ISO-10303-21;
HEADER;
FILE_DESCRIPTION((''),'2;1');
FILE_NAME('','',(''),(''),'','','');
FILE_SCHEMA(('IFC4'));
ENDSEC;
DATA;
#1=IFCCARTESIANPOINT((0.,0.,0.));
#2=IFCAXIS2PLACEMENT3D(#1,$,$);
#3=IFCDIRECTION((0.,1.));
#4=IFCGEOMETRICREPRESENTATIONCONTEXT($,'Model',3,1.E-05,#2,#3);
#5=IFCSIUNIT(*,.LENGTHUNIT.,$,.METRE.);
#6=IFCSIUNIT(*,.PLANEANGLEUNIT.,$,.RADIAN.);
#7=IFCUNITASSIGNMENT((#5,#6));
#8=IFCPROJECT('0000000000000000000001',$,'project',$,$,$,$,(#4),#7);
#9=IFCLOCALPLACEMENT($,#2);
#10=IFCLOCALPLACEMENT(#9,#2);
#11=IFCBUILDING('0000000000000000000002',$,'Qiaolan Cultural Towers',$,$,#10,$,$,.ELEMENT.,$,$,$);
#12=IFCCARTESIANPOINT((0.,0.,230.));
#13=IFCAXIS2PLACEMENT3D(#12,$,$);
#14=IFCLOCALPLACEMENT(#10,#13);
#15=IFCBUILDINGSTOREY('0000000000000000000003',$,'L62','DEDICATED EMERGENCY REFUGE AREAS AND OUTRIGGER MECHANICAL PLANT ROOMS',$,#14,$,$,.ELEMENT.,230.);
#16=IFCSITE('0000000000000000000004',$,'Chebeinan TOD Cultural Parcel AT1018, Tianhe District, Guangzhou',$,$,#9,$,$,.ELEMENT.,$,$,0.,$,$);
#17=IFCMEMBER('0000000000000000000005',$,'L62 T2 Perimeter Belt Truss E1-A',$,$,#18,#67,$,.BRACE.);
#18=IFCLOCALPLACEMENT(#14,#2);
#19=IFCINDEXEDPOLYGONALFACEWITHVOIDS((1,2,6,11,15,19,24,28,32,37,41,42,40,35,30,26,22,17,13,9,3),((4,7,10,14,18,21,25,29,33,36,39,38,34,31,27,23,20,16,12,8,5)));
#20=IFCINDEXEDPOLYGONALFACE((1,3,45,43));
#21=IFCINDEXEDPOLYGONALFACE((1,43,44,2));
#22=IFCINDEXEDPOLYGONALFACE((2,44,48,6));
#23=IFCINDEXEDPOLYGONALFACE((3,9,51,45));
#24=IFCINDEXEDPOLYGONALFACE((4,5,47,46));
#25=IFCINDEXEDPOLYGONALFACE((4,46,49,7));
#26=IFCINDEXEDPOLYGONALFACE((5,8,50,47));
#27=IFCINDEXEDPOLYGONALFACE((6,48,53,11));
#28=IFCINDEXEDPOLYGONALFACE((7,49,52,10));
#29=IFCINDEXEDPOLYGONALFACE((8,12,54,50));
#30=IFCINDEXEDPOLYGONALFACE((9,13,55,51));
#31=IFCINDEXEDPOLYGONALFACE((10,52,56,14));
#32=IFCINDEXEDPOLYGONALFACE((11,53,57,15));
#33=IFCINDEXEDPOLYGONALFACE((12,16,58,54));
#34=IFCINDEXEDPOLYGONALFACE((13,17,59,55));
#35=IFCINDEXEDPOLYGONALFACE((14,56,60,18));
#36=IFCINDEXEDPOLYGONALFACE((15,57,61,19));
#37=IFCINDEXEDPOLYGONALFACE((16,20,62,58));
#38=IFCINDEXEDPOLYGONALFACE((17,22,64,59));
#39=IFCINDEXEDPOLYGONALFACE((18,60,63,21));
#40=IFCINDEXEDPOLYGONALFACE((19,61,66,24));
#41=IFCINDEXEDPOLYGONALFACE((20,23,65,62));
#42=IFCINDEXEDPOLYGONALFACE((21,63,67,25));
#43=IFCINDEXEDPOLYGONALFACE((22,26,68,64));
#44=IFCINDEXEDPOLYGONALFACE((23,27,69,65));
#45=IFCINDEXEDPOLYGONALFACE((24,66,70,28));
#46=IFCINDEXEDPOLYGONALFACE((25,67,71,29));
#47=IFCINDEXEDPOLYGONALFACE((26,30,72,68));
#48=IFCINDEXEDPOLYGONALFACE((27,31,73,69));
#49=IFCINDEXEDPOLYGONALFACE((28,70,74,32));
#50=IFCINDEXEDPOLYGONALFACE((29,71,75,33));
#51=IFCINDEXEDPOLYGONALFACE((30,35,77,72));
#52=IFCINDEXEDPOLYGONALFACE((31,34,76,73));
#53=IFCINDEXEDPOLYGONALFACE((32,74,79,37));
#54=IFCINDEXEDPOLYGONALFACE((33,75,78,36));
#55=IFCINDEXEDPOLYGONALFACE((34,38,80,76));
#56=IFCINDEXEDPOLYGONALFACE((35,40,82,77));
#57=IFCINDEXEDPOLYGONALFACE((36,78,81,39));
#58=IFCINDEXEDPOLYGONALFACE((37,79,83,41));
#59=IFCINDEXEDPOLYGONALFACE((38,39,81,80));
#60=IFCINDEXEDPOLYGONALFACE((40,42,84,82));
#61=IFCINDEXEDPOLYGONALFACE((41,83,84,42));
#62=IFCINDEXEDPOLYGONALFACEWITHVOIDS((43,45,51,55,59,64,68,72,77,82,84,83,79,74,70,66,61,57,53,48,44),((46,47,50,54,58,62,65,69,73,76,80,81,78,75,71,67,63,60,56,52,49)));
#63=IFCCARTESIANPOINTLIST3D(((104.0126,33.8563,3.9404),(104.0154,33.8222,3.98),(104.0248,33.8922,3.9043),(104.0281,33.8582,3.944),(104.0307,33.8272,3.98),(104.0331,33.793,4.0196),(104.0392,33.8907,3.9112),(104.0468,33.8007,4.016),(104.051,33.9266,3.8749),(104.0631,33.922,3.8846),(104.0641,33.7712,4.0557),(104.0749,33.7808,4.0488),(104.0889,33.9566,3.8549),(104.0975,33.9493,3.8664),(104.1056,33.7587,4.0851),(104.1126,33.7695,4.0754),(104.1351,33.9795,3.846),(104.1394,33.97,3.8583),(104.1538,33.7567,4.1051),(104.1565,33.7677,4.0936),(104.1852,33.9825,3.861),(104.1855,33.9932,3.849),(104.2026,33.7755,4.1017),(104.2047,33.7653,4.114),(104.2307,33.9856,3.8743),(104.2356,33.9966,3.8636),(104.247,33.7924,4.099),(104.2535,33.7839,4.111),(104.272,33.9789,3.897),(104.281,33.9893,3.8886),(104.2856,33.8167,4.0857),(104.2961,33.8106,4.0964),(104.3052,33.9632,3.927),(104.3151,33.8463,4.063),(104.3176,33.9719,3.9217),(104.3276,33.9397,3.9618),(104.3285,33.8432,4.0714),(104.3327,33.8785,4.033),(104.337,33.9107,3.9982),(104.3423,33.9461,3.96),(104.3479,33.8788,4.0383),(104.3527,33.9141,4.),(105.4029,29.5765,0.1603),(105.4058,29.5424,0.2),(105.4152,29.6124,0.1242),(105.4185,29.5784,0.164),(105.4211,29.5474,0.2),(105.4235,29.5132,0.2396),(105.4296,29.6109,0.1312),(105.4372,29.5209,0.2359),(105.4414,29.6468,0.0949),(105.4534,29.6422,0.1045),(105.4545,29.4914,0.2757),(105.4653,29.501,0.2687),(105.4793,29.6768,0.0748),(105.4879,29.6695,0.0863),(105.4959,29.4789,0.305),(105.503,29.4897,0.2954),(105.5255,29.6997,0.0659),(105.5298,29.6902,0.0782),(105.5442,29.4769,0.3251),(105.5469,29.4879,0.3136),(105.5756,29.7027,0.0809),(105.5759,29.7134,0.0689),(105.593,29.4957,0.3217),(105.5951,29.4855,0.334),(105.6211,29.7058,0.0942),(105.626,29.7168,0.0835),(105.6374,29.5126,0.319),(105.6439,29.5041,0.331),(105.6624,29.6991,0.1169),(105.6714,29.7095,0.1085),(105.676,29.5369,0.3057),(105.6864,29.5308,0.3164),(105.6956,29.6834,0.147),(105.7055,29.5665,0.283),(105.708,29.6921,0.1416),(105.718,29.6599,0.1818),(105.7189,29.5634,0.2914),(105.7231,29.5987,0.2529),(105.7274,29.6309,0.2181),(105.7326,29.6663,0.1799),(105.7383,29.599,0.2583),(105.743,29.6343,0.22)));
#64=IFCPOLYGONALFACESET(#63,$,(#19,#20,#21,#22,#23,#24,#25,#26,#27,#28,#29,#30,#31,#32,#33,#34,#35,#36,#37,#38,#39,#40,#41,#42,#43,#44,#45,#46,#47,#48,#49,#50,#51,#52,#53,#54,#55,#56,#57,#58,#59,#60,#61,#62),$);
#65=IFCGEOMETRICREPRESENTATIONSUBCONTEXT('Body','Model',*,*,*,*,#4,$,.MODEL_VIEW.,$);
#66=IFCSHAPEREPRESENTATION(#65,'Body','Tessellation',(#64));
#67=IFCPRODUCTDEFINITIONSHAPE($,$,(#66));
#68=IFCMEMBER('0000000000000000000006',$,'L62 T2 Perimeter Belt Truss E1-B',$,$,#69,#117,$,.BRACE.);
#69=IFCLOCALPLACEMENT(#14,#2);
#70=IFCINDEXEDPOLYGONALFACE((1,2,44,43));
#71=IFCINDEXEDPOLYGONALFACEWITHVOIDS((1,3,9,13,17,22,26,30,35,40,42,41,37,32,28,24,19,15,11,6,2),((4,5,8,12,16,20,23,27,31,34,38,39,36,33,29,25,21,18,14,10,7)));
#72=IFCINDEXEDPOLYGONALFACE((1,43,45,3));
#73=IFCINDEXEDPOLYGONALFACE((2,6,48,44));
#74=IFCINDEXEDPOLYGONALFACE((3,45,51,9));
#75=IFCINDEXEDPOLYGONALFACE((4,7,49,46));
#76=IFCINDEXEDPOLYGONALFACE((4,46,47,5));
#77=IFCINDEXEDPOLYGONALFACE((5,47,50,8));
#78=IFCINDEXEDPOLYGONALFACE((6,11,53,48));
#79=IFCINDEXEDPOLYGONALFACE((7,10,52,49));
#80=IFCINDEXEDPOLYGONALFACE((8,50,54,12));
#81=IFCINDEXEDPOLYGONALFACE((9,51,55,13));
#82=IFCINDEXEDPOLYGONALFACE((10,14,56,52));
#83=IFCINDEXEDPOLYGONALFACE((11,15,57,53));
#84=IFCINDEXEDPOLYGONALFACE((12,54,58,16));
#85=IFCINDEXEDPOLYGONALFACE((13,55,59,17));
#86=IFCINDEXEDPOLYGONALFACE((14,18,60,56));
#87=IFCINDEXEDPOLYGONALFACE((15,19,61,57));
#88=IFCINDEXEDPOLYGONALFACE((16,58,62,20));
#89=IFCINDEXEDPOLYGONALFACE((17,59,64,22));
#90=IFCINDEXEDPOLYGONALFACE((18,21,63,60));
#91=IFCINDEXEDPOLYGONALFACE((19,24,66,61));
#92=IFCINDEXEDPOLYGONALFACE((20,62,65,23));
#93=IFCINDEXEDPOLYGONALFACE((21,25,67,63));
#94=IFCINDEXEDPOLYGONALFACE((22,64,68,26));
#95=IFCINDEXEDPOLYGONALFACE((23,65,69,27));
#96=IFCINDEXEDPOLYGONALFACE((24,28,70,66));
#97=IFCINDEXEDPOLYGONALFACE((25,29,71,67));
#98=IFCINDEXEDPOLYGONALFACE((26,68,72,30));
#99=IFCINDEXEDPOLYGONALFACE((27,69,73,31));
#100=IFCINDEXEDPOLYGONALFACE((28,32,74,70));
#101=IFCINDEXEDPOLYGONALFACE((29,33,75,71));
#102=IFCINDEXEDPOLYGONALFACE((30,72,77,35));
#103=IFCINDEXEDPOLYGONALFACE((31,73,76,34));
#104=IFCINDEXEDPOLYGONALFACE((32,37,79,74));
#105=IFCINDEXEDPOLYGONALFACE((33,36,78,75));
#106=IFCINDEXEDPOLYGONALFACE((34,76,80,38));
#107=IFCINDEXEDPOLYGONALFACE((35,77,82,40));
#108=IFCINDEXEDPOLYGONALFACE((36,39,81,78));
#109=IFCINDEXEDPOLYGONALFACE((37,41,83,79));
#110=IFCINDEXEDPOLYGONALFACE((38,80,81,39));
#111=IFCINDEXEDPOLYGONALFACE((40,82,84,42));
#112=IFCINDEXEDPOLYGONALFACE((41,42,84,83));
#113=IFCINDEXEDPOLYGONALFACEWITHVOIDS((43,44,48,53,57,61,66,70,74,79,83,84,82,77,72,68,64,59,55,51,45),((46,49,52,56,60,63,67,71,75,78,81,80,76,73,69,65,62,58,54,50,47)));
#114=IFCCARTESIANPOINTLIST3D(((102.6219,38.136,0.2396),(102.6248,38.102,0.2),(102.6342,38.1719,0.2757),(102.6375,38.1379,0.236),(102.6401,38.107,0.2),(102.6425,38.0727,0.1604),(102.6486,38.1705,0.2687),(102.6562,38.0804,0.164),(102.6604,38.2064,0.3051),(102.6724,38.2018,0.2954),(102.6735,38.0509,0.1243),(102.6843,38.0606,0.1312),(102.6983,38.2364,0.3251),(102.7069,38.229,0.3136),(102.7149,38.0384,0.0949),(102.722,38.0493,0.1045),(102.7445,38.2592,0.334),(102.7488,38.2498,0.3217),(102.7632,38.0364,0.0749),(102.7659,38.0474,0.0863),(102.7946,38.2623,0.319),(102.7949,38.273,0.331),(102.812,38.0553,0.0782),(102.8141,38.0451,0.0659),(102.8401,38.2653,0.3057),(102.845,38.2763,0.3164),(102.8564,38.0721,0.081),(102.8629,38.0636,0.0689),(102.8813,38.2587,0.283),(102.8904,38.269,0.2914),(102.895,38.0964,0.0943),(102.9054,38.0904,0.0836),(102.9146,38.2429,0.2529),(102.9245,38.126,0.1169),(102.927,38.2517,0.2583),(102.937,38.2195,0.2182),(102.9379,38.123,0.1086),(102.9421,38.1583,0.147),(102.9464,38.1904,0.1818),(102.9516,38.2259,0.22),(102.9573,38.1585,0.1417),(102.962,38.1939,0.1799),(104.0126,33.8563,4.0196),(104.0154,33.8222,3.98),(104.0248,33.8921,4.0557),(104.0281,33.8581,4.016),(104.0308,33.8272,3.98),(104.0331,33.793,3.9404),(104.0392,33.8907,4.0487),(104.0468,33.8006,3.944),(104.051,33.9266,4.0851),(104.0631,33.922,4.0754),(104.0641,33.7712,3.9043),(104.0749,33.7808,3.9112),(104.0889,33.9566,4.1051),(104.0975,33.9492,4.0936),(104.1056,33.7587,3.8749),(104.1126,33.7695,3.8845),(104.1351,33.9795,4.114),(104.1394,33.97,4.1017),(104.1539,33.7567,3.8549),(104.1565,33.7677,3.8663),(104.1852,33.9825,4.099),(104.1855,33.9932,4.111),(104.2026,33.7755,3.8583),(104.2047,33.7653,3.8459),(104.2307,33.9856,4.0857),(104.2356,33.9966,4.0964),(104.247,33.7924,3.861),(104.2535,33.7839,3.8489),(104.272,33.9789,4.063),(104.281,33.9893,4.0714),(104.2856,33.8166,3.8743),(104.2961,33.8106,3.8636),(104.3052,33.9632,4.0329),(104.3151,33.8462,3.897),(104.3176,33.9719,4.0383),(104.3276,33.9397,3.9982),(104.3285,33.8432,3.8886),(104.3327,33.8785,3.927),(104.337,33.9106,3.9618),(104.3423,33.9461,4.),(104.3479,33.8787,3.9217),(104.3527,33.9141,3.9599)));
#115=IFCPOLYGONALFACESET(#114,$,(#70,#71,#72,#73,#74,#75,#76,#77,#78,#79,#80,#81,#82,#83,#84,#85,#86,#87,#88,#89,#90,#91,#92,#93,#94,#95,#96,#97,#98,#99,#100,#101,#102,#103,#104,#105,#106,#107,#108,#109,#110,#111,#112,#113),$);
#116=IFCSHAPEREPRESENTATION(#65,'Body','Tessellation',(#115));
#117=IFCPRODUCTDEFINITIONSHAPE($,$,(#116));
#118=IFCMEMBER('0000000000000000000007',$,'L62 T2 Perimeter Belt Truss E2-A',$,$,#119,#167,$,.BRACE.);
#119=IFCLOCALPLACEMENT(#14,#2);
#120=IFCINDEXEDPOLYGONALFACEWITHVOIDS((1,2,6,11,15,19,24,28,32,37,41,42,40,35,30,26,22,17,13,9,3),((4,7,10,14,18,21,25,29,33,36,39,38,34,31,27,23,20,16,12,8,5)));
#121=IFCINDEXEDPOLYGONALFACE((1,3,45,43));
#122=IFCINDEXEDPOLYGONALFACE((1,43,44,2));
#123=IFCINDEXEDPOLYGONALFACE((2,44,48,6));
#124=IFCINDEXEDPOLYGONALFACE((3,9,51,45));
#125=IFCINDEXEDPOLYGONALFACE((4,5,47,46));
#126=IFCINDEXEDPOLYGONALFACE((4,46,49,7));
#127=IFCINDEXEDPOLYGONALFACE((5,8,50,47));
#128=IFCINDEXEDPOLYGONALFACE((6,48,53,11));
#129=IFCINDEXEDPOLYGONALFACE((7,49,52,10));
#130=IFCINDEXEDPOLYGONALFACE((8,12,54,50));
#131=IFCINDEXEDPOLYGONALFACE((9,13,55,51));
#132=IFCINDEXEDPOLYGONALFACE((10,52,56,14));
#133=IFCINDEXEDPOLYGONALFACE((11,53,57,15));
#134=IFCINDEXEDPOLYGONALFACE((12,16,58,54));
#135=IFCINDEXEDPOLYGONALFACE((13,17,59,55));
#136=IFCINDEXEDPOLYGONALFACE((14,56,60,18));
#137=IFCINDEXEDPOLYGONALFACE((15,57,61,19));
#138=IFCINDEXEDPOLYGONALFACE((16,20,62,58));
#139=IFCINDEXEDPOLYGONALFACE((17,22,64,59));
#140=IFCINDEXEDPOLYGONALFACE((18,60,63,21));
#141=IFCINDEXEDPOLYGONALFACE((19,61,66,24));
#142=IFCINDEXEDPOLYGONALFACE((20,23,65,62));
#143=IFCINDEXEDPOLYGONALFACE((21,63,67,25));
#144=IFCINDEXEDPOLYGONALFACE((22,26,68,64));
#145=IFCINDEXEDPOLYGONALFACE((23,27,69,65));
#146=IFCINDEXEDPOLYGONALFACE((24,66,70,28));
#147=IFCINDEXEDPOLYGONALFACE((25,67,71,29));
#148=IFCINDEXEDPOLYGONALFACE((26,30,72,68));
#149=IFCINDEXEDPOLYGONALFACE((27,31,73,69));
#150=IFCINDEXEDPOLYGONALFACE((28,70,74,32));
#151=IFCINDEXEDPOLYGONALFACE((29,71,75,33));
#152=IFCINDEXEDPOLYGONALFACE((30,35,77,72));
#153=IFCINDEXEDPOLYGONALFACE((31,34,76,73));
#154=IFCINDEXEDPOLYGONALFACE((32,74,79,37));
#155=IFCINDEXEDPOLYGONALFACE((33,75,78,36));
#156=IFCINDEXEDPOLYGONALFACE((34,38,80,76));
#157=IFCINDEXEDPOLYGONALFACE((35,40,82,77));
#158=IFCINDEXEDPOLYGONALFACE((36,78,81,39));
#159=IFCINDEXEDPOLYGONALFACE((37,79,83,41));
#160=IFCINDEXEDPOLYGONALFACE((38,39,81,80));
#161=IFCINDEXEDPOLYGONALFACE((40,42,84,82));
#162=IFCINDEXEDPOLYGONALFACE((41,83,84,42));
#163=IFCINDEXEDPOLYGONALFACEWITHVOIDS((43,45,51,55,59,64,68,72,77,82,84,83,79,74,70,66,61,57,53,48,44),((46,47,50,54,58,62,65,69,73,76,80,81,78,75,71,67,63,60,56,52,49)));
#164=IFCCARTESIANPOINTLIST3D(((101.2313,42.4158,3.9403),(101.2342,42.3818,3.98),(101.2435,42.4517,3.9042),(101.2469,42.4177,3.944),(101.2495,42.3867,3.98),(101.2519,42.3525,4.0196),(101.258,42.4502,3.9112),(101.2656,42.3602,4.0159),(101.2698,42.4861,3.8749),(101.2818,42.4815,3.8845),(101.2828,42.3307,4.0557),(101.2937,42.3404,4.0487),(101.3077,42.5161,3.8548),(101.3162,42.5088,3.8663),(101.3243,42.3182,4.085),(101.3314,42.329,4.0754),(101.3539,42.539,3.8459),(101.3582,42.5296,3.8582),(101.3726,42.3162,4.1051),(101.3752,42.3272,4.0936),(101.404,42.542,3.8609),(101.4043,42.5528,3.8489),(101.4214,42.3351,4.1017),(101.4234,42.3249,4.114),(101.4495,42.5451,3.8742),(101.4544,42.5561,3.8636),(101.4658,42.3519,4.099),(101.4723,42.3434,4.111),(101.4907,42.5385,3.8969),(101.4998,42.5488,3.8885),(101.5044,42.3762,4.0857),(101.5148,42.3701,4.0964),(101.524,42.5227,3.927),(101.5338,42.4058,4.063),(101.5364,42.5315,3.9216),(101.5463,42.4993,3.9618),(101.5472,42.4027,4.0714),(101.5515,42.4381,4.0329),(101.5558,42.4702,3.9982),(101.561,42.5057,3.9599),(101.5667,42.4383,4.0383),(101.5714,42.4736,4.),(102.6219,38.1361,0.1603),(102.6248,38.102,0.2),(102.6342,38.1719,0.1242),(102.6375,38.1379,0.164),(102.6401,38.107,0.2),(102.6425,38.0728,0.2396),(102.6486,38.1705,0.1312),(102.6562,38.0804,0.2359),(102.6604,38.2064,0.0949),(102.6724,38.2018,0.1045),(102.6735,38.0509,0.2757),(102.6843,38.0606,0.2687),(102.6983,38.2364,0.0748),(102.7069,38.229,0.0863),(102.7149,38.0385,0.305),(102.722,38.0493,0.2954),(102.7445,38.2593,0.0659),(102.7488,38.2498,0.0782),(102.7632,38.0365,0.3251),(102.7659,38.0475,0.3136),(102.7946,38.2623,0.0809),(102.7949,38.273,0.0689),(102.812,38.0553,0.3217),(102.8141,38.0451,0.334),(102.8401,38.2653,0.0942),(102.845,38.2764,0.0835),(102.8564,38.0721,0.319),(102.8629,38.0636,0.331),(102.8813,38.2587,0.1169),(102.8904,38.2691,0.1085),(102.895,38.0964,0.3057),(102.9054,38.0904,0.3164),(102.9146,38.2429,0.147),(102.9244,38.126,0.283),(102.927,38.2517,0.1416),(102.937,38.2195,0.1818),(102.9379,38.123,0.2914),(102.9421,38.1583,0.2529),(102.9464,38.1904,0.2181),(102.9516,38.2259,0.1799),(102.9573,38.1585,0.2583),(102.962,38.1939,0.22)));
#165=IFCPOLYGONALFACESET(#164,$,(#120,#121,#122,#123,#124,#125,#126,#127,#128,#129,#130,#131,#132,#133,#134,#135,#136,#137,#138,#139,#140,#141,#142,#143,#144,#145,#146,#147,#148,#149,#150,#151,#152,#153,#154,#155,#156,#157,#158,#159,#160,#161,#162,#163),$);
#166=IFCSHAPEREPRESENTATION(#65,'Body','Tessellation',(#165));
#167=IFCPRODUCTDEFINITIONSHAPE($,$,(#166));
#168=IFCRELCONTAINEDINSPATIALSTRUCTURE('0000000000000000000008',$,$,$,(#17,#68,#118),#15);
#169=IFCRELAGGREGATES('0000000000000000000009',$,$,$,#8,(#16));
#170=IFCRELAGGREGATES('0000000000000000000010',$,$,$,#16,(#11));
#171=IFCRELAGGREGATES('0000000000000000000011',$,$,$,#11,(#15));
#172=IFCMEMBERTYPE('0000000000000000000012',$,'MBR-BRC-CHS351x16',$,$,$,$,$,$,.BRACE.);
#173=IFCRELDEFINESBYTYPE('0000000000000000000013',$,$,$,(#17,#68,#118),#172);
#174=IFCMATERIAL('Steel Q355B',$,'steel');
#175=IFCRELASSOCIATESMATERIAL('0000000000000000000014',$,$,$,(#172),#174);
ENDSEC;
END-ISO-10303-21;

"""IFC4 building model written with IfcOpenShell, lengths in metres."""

from ifc_helpers import new_model, si_unit, direction, frame, origin, origin_2d, place, context, subcontext, project, spatial, hollow_circle, extrude, material, material_profile, profile_set, type_object, element, save


model = new_model("IFC4")

# Units and contexts
model_context = context("Model", 3, precision=1e-05, world=origin(), true_north=direction((0.0, 1.0)))
body_context = subcontext(model_context, "Body", "Model", "MODEL_VIEW")
ifc_project = project(units=[si_unit("LENGTHUNIT", "METRE"), si_unit("PLANEANGLEUNIT", "RADIAN")], contexts=[model_context])

# Site, building, storey
site_placement = place(None, origin())
site = spatial("IfcSite", under=ifc_project, at=site_placement, Name="Chebeinan TOD Cultural Parcel AT1018, Tianhe District, Guangzhou", CompositionType="ELEMENT", RefElevation=0.0)
building_placement = place(site_placement, origin())
building = spatial("IfcBuilding", under=site, at=building_placement, Name="Qiaolan Cultural Towers", CompositionType="ELEMENT")
storey_placement = place(building_placement, frame((0.0, 0.0, 230.0)))
storey = spatial("IfcBuildingStorey", under=building, at=storey_placement, Name="L62", Description="DEDICATED EMERGENCY REFUGE AREAS AND OUTRIGGER MECHANICAL PLANT ROOMS", CompositionType="ELEMENT", Elevation=230.0)

# Members
ifc_material_1 = material(Name="Steel Q355B", Category="steel")
ifc_material_profile_1 = material_profile(ifc_material_1, hollow_circle(Radius=0.1755, WallThickness=0.0161, at=origin_2d()), Name="CHS351x16")
ifc_profile_set_1 = profile_set([ifc_material_profile_1], Name="Steel Q355B")
member_type_1 = type_object("IfcMemberType", Name="MBR-BRC-CHS351x16", PredefinedType="BRACE", material=ifc_profile_set_1)
for number, where, z_axis, x_axis, name in (
    (1, (105.5728, 29.5967, 0.2), (-0.236583, 0.728234, 0.643198), (-0.95107, -0.308976, 0.0), "L62 T2 Perimeter Belt Truss E1-A"),
    (2, (104.1824, 33.8765, 3.98), (-0.236622, 0.728227, -0.643191), (-0.951054, -0.309025, 0.0), "L62 T2 Perimeter Belt Truss E1-B"),
    (3, (102.7917, 38.1562, 0.2), (-0.236622, 0.728227, 0.643191), (-0.951054, -0.309025, 0.0), "L62 T2 Perimeter Belt Truss E2-A"),
):
    element("IfcMember", number, at=place(storey_placement, frame(where, z_axis=z_axis, x_axis=x_axis)), inside=storey, type_object=member_type_1, Name=name, PredefinedType="BRACE", context=body_context, shape_type="SweptSolid", body=[
        extrude(hollow_circle(Radius=0.1755, WallThickness=0.0161, at=origin_2d()), origin(), (0.0, 0.0, 1.0), 5.877),
    ])

save(model, "model.ifc")
